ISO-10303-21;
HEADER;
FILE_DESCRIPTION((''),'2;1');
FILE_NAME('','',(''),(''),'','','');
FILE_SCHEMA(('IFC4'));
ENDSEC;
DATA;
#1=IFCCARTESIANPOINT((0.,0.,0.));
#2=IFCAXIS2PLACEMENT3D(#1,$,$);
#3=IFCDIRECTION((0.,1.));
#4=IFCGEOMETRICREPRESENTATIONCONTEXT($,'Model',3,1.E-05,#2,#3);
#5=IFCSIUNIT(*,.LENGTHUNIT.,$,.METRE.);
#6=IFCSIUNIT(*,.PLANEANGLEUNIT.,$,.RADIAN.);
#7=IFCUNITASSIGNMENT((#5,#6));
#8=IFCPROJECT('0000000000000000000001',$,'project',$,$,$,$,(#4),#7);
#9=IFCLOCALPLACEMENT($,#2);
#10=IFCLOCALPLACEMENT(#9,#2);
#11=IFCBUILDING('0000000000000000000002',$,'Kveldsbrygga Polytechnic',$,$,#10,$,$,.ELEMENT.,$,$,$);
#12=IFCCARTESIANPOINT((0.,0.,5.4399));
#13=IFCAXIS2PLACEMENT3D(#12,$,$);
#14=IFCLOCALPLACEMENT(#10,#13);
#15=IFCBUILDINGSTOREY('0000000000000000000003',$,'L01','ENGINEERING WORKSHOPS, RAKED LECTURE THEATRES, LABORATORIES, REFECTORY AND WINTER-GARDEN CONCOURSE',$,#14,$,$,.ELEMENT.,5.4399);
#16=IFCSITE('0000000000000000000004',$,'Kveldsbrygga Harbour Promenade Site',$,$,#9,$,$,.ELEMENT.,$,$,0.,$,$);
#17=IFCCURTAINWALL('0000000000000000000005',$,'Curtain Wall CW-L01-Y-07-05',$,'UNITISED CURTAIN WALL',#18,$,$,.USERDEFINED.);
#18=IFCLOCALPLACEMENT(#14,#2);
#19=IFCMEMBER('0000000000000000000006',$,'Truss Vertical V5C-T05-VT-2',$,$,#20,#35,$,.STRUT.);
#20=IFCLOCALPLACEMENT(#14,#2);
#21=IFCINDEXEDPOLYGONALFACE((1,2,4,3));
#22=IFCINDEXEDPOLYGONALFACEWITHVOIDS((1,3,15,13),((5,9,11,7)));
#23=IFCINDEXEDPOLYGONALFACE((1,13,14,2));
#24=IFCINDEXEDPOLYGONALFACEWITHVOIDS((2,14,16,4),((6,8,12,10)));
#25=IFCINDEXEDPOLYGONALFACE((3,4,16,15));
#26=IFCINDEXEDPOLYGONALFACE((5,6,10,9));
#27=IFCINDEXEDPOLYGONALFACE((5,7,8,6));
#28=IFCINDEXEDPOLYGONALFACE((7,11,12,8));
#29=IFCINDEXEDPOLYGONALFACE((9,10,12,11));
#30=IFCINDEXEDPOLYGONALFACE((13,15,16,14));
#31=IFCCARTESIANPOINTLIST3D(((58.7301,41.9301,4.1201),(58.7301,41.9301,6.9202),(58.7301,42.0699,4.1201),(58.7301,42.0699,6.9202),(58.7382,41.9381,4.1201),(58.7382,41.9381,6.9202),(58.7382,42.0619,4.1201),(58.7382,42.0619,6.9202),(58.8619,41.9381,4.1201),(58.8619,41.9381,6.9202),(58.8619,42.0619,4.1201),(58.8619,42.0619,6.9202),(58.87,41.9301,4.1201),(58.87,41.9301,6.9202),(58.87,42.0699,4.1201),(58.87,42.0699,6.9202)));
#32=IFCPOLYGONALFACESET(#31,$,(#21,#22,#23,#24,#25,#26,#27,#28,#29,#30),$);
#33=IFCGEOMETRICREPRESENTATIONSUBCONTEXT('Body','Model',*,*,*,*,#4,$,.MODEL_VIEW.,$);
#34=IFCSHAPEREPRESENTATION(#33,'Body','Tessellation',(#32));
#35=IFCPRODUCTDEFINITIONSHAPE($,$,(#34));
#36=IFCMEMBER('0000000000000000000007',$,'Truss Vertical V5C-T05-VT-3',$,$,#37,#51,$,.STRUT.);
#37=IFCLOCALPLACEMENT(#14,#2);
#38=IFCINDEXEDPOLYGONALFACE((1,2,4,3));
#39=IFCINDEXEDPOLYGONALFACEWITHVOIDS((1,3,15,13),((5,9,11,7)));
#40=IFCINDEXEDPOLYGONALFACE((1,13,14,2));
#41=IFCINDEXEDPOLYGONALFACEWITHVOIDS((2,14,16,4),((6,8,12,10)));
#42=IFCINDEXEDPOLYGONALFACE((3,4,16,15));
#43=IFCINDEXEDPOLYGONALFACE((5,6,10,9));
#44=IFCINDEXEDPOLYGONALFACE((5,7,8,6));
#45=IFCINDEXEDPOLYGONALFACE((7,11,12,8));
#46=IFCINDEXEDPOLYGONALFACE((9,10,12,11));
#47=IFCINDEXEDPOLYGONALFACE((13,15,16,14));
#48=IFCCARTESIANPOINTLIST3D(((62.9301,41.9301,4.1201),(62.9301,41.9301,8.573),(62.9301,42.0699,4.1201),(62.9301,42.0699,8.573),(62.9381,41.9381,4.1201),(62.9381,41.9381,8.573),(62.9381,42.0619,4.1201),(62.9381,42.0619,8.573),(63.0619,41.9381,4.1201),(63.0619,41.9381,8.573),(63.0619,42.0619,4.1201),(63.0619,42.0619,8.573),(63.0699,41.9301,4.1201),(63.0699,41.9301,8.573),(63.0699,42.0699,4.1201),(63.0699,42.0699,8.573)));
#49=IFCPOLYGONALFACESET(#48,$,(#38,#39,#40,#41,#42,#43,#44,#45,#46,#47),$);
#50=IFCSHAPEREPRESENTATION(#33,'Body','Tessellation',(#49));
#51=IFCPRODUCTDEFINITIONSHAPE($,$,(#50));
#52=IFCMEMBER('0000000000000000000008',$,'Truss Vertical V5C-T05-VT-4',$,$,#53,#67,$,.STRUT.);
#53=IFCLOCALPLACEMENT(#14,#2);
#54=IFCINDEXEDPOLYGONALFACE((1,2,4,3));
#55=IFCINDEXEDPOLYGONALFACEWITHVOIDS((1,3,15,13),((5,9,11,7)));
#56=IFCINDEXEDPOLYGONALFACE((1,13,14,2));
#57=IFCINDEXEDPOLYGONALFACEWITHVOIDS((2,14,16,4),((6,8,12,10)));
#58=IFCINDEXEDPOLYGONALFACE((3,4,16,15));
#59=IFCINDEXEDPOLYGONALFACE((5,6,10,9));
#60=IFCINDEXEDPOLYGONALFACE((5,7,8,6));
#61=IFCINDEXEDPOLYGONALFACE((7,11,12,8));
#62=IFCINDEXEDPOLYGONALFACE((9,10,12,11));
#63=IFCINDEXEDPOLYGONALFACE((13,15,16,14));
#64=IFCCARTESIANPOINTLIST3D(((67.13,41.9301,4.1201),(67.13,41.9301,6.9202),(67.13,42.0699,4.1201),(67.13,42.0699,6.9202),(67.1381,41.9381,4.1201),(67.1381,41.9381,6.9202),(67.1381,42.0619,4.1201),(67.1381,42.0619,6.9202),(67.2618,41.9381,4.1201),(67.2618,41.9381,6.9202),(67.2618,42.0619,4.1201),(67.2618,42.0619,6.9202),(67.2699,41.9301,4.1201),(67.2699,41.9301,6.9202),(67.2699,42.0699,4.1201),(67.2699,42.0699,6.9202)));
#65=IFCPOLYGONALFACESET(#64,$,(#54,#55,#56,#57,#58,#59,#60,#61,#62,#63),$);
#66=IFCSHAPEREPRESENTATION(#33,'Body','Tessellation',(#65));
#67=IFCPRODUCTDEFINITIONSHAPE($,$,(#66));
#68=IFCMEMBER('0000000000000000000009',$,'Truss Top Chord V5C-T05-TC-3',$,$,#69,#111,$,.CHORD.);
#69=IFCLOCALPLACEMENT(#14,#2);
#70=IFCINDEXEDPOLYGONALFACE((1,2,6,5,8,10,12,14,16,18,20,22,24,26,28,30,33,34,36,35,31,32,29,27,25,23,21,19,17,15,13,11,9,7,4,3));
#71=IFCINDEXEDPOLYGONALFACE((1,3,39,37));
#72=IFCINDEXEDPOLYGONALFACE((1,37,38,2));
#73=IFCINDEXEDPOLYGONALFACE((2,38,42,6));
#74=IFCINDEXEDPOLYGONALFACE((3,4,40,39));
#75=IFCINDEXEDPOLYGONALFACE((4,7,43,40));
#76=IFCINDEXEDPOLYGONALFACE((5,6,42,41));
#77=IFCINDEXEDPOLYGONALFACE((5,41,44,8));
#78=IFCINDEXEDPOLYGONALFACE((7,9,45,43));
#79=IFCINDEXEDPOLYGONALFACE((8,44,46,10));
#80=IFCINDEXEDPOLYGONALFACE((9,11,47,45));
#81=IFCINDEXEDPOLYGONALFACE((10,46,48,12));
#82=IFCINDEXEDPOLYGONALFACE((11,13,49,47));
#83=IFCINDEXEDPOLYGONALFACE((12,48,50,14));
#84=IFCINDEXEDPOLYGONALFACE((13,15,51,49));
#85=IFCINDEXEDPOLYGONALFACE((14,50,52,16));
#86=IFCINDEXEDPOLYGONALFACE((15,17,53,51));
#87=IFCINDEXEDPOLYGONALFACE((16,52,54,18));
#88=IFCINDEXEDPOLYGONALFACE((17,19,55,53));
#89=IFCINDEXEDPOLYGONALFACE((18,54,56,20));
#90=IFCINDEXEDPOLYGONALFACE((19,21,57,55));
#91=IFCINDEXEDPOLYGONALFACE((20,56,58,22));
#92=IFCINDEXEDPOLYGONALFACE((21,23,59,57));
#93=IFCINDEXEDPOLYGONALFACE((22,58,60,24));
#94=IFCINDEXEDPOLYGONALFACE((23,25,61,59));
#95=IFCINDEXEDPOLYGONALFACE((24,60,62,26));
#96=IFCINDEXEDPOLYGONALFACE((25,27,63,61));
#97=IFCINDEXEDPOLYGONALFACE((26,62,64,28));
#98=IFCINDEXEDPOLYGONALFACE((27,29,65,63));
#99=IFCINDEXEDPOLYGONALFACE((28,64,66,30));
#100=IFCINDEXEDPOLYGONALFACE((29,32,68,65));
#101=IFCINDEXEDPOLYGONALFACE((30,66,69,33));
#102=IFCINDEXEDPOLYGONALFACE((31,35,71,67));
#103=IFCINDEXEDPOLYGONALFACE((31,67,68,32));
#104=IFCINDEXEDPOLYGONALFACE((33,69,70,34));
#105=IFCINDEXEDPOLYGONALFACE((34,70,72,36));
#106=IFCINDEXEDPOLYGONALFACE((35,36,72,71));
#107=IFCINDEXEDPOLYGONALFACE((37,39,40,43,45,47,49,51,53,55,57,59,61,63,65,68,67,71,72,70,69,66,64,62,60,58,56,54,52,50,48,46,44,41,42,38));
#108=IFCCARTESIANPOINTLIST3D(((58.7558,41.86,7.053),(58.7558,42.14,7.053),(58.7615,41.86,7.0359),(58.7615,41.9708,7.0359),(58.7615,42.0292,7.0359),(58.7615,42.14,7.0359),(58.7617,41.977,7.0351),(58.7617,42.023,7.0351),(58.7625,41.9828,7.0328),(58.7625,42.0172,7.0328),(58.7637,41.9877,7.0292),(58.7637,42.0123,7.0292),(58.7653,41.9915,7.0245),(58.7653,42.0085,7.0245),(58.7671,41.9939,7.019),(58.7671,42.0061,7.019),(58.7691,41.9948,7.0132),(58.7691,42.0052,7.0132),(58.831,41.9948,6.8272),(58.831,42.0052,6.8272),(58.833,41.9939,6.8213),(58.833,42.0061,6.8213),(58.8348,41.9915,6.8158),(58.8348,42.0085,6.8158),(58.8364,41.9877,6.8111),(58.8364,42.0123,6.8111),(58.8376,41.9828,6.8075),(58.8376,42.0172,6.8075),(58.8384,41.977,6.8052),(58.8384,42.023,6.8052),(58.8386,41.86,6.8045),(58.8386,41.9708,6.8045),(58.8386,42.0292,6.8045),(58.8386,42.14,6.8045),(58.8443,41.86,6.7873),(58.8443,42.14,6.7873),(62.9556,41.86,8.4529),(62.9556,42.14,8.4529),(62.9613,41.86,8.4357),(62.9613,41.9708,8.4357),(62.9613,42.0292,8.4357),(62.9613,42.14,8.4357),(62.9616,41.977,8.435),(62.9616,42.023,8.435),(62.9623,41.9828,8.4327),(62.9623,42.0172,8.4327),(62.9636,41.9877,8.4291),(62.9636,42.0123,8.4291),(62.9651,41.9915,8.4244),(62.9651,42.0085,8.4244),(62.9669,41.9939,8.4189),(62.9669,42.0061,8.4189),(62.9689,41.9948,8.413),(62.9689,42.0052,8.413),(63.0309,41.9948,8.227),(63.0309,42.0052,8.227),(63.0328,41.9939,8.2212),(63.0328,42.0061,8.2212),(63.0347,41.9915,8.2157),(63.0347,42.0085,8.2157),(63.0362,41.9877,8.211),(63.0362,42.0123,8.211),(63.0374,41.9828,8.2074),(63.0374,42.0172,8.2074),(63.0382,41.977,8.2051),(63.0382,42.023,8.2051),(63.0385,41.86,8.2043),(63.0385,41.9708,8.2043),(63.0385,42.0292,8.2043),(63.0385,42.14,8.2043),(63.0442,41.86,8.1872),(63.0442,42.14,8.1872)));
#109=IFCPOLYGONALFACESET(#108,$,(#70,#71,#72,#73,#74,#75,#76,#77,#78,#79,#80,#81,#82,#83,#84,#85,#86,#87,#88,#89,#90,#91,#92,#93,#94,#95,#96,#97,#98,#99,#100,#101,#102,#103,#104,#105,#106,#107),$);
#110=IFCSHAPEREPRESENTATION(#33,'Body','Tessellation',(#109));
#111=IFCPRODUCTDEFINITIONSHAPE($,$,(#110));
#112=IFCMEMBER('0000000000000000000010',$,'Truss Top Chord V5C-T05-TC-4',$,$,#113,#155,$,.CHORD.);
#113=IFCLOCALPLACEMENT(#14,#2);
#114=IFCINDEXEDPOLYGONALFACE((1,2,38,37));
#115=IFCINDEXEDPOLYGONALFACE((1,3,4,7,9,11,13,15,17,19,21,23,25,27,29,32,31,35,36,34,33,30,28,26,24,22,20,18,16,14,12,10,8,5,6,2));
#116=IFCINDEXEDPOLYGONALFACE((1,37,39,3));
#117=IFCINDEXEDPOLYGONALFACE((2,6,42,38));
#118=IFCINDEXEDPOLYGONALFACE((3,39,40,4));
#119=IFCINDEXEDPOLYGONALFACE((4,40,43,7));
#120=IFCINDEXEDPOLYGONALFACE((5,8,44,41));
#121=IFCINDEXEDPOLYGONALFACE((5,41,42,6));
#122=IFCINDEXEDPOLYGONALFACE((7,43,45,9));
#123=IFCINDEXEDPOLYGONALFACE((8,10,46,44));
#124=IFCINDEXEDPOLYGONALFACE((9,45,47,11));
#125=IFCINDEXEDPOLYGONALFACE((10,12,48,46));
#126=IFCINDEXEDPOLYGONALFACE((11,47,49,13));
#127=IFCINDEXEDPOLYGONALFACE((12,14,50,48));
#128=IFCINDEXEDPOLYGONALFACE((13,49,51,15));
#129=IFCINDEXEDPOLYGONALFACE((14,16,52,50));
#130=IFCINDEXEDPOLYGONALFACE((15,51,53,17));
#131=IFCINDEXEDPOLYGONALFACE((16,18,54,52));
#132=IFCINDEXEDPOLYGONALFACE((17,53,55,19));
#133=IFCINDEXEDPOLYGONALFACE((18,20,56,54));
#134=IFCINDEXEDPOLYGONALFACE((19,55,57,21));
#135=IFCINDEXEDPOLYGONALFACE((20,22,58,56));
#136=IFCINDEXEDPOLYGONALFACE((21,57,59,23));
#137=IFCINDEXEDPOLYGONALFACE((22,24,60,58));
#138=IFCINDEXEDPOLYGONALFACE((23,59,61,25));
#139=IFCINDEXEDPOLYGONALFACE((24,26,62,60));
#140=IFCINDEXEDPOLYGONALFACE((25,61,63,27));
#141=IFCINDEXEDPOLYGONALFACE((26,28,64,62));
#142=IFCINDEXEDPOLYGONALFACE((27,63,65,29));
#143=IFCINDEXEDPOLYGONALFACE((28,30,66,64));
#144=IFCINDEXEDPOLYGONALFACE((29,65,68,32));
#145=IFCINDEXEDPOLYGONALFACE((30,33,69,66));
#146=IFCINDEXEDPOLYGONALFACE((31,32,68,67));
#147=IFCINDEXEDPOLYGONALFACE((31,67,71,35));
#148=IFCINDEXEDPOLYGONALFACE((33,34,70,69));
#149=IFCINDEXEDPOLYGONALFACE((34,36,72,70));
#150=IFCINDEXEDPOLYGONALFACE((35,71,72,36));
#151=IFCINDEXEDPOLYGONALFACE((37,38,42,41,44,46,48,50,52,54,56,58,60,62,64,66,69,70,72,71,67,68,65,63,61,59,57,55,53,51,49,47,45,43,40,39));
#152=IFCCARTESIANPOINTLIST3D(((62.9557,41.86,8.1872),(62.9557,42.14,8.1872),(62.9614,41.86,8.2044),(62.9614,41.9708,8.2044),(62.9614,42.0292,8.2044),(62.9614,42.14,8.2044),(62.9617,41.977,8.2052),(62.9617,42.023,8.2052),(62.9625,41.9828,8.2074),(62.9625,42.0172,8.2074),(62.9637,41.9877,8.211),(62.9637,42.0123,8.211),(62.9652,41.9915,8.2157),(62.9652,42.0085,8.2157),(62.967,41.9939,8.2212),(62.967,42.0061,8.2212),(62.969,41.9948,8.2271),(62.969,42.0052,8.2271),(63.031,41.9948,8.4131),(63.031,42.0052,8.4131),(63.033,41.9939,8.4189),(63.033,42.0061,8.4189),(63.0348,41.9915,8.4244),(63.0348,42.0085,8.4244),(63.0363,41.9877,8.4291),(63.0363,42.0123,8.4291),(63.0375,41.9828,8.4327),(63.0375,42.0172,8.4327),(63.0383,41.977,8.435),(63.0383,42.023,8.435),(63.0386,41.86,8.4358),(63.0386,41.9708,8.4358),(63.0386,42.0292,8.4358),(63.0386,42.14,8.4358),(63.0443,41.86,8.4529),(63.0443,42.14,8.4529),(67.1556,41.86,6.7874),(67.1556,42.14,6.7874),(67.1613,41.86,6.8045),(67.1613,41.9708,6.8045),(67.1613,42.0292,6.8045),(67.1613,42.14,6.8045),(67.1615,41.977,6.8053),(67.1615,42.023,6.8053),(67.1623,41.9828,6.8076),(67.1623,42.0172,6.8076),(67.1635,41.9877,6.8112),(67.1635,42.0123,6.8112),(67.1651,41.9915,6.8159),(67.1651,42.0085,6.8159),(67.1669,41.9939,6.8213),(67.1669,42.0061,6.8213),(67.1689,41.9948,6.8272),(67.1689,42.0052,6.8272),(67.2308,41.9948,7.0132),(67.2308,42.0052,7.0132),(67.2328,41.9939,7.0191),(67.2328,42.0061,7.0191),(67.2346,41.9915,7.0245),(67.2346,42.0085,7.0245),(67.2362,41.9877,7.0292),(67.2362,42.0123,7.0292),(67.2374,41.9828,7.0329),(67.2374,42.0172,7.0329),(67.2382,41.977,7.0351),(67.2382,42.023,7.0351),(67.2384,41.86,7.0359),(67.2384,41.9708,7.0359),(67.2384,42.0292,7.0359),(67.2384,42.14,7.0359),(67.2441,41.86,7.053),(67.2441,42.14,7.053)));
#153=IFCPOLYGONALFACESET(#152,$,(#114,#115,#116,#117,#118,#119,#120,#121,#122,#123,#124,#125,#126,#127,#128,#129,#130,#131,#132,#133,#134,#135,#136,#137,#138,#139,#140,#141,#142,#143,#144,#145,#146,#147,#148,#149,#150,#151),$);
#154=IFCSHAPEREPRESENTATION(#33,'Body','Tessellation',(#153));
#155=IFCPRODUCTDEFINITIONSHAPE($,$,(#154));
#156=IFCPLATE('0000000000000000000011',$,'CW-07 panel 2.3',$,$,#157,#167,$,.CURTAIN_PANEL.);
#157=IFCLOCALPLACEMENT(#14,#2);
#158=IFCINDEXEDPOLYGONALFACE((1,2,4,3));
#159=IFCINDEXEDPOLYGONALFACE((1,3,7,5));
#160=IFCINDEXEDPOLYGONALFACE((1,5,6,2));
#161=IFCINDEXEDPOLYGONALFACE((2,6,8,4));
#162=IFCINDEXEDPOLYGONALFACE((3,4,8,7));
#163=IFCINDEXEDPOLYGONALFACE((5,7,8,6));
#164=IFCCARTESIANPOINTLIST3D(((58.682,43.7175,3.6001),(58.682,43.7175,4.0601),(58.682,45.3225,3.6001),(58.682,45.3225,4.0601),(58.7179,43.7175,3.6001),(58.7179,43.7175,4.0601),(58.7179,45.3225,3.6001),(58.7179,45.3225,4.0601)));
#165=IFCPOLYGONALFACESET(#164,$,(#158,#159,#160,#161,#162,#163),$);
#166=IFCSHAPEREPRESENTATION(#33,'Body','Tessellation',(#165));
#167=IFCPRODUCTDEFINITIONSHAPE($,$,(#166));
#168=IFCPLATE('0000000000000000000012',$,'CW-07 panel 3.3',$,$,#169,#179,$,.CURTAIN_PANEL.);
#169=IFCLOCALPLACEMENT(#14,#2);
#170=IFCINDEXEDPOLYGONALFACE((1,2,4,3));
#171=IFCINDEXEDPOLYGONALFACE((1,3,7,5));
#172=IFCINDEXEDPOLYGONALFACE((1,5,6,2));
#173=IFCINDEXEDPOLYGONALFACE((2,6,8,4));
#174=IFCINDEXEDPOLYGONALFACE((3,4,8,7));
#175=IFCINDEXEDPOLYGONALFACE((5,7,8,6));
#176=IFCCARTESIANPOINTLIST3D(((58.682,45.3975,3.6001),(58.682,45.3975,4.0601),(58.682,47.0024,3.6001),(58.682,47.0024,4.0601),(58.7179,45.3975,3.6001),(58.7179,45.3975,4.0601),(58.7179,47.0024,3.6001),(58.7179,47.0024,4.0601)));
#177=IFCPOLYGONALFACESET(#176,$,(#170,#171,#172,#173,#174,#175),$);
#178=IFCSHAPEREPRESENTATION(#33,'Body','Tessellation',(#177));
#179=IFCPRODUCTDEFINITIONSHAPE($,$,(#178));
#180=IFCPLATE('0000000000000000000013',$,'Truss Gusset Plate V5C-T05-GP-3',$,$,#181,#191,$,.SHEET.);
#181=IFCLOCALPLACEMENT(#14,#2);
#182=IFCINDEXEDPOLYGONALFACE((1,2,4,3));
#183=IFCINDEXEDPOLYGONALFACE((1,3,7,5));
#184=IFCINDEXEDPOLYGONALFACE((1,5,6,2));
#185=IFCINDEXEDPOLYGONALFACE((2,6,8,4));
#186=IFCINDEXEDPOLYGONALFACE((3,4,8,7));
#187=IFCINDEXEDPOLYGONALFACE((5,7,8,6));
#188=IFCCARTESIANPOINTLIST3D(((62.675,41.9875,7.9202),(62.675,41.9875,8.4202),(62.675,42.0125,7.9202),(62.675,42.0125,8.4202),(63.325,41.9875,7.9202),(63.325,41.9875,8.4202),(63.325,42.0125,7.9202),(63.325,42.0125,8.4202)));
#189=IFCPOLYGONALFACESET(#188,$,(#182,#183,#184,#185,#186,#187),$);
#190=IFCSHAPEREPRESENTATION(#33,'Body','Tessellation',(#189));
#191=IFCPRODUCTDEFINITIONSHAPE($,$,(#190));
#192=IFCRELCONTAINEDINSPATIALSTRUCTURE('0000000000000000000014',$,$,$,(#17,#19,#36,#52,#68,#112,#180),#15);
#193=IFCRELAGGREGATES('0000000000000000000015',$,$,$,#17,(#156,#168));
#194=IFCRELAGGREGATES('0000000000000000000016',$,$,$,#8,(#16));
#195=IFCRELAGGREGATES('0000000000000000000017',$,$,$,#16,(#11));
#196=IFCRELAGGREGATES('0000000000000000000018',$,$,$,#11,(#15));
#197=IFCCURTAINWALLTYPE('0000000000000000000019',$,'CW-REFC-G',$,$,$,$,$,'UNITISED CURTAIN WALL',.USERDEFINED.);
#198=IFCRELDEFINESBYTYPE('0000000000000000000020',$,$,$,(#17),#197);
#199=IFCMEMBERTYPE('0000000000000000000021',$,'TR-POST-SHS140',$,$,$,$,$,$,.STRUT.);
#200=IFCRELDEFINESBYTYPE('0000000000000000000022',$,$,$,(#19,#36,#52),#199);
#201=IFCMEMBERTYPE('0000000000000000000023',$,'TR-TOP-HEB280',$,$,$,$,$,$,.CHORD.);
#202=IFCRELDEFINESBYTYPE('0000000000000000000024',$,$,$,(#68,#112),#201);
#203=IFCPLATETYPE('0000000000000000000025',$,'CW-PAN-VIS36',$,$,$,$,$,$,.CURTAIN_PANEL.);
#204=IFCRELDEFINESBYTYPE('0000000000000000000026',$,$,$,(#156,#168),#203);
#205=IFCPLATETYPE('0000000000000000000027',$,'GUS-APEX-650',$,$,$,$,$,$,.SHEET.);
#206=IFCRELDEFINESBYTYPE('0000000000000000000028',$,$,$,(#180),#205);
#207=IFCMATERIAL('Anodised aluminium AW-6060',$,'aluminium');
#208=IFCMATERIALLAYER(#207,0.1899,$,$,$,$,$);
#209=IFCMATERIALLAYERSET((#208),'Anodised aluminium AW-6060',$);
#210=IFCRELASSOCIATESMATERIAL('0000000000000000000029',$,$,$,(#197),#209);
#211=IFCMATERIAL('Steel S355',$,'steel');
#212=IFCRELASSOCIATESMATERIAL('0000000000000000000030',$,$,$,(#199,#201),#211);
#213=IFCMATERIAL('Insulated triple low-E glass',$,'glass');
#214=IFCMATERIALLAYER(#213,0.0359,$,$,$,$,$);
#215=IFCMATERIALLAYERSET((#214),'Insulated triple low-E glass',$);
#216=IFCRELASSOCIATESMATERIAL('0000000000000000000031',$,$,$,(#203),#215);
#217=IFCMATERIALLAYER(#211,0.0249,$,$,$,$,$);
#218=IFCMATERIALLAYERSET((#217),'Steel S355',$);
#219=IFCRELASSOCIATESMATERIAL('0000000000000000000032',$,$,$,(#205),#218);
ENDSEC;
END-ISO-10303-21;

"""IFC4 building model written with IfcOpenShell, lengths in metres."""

from ifc_helpers import new_model, si_unit, direction, frame, origin, origin_2d, place, context, subcontext, project, spatial, rectangle, hollow_rectangle, i_section, extrude, material, layer, layer_set, material_profile, profile_set, type_object, element, aggregate, save


model = new_model("IFC4")

# Units and contexts
model_context = context("Model", 3, precision=1e-05, world=origin(), true_north=direction((0.0, 1.0)))
body_context = subcontext(model_context, "Body", "Model", "MODEL_VIEW")
ifc_project = project(units=[si_unit("LENGTHUNIT", "METRE"), si_unit("PLANEANGLEUNIT", "RADIAN")], contexts=[model_context])

# Site, building, storey
site_placement = place(None, origin())
site = spatial("IfcSite", under=ifc_project, at=site_placement, Name="Kveldsbrygga Harbour Promenade Site", CompositionType="ELEMENT", RefElevation=0.0)
building_placement = place(site_placement, origin())
building = spatial("IfcBuilding", under=site, at=building_placement, Name="Kveldsbrygga Polytechnic", CompositionType="ELEMENT")
storey_placement = place(building_placement, frame((0.0, 0.0, 5.4399)))
storey = spatial("IfcBuildingStorey", under=building, at=storey_placement, Name="L01", Description="ENGINEERING WORKSHOPS, RAKED LECTURE THEATRES, LABORATORIES, REFECTORY AND WINTER-GARDEN CONCOURSE", CompositionType="ELEMENT", Elevation=5.4399)

# Curtain wall
ifc_material_1 = material(Name="Anodised aluminium AW-6060", Category="aluminium")
ifc_layer_1 = layer(ifc_material_1, 0.1899)
ifc_layer_set_1 = layer_set([ifc_layer_1], Name="Anodised aluminium AW-6060")
curtain_wall_type = type_object("IfcCurtainWallType", Name="CW-REFC-G", ElementType="UNITISED CURTAIN WALL", PredefinedType="USERDEFINED", material=ifc_layer_set_1)
curtain_wall_placement = place(storey_placement, origin())
curtain_wall = element("IfcCurtainWall", 1, at=curtain_wall_placement, inside=storey, type_object=curtain_wall_type, Name="Curtain Wall CW-L01-Y-07-05", ObjectType="UNITISED CURTAIN WALL", PredefinedType="USERDEFINED")

# Members
ifc_material_2 = material(Name="Steel S355", Category="steel")
ifc_material_profile_1 = material_profile(ifc_material_2, hollow_rectangle(XDim=0.1399, YDim=0.1399, WallThickness=0.0081, at=origin_2d()), Name="SHS 140x140x8.0")
ifc_profile_set_1 = profile_set([ifc_material_profile_1], Name="Steel S355")
member_type_1 = type_object("IfcMemberType", Name="TR-POST-SHS140", PredefinedType="STRUT", material=ifc_profile_set_1)
member_1_placement = place(storey_placement, frame((58.8, 42.0, 4.1201), z_axis=(0.0, 0.0, 1.0), x_axis=(1.0, 0.0, 0.0)))
element("IfcMember", 2, at=member_1_placement, inside=storey, type_object=member_type_1, Name="Truss Vertical V5C-T05-VT-2", PredefinedType="STRUT", context=body_context, shape_type="SweptSolid", body=[
    extrude(hollow_rectangle(XDim=0.1399, YDim=0.1399, WallThickness=0.0081, at=origin_2d()), origin(), (0.0, 0.0, 1.0), 2.8),
])
member_2_placement = place(storey_placement, frame((63.0, 42.0, 4.1201), z_axis=(0.0, 0.0, 1.0), x_axis=(1.0, 0.0, 0.0)))
element("IfcMember", 3, at=member_2_placement, inside=storey, type_object=member_type_1, Name="Truss Vertical V5C-T05-VT-3", PredefinedType="STRUT", context=body_context, shape_type="SweptSolid", body=[
    extrude(hollow_rectangle(XDim=0.1399, YDim=0.1399, WallThickness=0.0081, at=origin_2d()), origin(), (0.0, 0.0, 1.0), 4.4529),
])
member_3_placement = place(storey_placement, frame((67.2, 42.0, 4.1201), z_axis=(0.0, 0.0, 1.0), x_axis=(1.0, 0.0, 0.0)))
element("IfcMember", 4, at=member_3_placement, inside=storey, type_object=member_type_1, Name="Truss Vertical V5C-T05-VT-4", PredefinedType="STRUT", context=body_context, shape_type="SweptSolid", body=[
    extrude(hollow_rectangle(XDim=0.1399, YDim=0.1399, WallThickness=0.0081, at=origin_2d()), origin(), (0.0, 0.0, 1.0), 2.8),
])
ifc_material_profile_2 = material_profile(ifc_material_2, i_section(OverallWidth=0.28, OverallDepth=0.28, WebThickness=0.0105, FlangeThickness=0.0181, FilletRadius=0.0239, at=origin_2d()), Name="HEB 280")
ifc_profile_set_2 = profile_set([ifc_material_profile_2], Name="Steel S355")
member_type_2 = type_object("IfcMemberType", Name="TR-TOP-HEB280", PredefinedType="CHORD", material=ifc_profile_set_2)
for number, where, z_axis, x_axis, name in (
    (5, (58.8, 42.0, 6.9202), (0.948689, 0.0, 0.316211), (0.0, 1.0, 0.0), "Truss Top Chord V5C-T05-TC-3"),
    (6, (63.0, 42.0, 8.3201), (0.948689, 0.0, -0.316211), (0.0, 1.0, 0.0), "Truss Top Chord V5C-T05-TC-4"),
):
    element("IfcMember", number, at=place(storey_placement, frame(where, z_axis=z_axis, x_axis=x_axis)), inside=storey, type_object=member_type_2, Name=name, PredefinedType="CHORD", context=body_context, shape_type="SweptSolid", body=[
        extrude(i_section(OverallWidth=0.28, OverallDepth=0.28, WebThickness=0.0105, FlangeThickness=0.0181, FilletRadius=0.0239, at=origin_2d()), origin(), (0.0, 0.0, 1.0), 4.427),
    ])

# Plates
ifc_material_3 = material(Name="Insulated triple low-E glass", Category="glass")
ifc_layer_2 = layer(ifc_material_3, 0.0359)
ifc_layer_set_2 = layer_set([ifc_layer_2], Name="Insulated triple low-E glass")
plate_type_1 = type_object("IfcPlateType", Name="CW-PAN-VIS36", PredefinedType="CURTAIN_PANEL", material=ifc_layer_set_2)
plate_1_placement = place(storey_placement, frame((58.7, 44.52, 3.6001), z_axis=(0.0, 0.0, 1.0), x_axis=(0.0, 1.0, 0.0)))
plate_1 = element("IfcPlate", 7, at=plate_1_placement, type_object=plate_type_1, Name="CW-07 panel 2.3", PredefinedType="CURTAIN_PANEL", context=body_context, shape_type="SweptSolid", body=[
    extrude(rectangle(XDim=1.605, YDim=0.0359, at=origin_2d()), origin(), (0.0, 0.0, 1.0), 0.46),
])
plate_2_placement = place(storey_placement, frame((58.7, 46.2, 3.6001), z_axis=(0.0, 0.0, 1.0), x_axis=(0.0, 1.0, 0.0)))
plate_2 = element("IfcPlate", 8, at=plate_2_placement, type_object=plate_type_1, Name="CW-07 panel 3.3", PredefinedType="CURTAIN_PANEL", context=body_context, shape_type="SweptSolid", body=[
    extrude(rectangle(XDim=1.605, YDim=0.0359, at=origin_2d()), origin(), (0.0, 0.0, 1.0), 0.46),
])
aggregate(curtain_wall, [plate_1, plate_2])

# Plate
ifc_layer_3 = layer(ifc_material_2, 0.0249)
ifc_layer_set_3 = layer_set([ifc_layer_3], Name="Steel S355")
plate_type_2 = type_object("IfcPlateType", Name="GUS-APEX-650", PredefinedType="SHEET", material=ifc_layer_set_3)
plate_3_placement = place(storey_placement, frame((63.0, 42.0, 7.9202), z_axis=(0.0, 0.0, 1.0), x_axis=(1.0, 0.0, 0.0)))
element("IfcPlate", 9, at=plate_3_placement, inside=storey, type_object=plate_type_2, Name="Truss Gusset Plate V5C-T05-GP-3", PredefinedType="SHEET", context=body_context, shape_type="SweptSolid", body=[
    extrude(rectangle(XDim=0.6499, YDim=0.0249, at=origin_2d()), origin(), (0.0, 0.0, 1.0), 0.5),
])

save(model, "model.ifc")
